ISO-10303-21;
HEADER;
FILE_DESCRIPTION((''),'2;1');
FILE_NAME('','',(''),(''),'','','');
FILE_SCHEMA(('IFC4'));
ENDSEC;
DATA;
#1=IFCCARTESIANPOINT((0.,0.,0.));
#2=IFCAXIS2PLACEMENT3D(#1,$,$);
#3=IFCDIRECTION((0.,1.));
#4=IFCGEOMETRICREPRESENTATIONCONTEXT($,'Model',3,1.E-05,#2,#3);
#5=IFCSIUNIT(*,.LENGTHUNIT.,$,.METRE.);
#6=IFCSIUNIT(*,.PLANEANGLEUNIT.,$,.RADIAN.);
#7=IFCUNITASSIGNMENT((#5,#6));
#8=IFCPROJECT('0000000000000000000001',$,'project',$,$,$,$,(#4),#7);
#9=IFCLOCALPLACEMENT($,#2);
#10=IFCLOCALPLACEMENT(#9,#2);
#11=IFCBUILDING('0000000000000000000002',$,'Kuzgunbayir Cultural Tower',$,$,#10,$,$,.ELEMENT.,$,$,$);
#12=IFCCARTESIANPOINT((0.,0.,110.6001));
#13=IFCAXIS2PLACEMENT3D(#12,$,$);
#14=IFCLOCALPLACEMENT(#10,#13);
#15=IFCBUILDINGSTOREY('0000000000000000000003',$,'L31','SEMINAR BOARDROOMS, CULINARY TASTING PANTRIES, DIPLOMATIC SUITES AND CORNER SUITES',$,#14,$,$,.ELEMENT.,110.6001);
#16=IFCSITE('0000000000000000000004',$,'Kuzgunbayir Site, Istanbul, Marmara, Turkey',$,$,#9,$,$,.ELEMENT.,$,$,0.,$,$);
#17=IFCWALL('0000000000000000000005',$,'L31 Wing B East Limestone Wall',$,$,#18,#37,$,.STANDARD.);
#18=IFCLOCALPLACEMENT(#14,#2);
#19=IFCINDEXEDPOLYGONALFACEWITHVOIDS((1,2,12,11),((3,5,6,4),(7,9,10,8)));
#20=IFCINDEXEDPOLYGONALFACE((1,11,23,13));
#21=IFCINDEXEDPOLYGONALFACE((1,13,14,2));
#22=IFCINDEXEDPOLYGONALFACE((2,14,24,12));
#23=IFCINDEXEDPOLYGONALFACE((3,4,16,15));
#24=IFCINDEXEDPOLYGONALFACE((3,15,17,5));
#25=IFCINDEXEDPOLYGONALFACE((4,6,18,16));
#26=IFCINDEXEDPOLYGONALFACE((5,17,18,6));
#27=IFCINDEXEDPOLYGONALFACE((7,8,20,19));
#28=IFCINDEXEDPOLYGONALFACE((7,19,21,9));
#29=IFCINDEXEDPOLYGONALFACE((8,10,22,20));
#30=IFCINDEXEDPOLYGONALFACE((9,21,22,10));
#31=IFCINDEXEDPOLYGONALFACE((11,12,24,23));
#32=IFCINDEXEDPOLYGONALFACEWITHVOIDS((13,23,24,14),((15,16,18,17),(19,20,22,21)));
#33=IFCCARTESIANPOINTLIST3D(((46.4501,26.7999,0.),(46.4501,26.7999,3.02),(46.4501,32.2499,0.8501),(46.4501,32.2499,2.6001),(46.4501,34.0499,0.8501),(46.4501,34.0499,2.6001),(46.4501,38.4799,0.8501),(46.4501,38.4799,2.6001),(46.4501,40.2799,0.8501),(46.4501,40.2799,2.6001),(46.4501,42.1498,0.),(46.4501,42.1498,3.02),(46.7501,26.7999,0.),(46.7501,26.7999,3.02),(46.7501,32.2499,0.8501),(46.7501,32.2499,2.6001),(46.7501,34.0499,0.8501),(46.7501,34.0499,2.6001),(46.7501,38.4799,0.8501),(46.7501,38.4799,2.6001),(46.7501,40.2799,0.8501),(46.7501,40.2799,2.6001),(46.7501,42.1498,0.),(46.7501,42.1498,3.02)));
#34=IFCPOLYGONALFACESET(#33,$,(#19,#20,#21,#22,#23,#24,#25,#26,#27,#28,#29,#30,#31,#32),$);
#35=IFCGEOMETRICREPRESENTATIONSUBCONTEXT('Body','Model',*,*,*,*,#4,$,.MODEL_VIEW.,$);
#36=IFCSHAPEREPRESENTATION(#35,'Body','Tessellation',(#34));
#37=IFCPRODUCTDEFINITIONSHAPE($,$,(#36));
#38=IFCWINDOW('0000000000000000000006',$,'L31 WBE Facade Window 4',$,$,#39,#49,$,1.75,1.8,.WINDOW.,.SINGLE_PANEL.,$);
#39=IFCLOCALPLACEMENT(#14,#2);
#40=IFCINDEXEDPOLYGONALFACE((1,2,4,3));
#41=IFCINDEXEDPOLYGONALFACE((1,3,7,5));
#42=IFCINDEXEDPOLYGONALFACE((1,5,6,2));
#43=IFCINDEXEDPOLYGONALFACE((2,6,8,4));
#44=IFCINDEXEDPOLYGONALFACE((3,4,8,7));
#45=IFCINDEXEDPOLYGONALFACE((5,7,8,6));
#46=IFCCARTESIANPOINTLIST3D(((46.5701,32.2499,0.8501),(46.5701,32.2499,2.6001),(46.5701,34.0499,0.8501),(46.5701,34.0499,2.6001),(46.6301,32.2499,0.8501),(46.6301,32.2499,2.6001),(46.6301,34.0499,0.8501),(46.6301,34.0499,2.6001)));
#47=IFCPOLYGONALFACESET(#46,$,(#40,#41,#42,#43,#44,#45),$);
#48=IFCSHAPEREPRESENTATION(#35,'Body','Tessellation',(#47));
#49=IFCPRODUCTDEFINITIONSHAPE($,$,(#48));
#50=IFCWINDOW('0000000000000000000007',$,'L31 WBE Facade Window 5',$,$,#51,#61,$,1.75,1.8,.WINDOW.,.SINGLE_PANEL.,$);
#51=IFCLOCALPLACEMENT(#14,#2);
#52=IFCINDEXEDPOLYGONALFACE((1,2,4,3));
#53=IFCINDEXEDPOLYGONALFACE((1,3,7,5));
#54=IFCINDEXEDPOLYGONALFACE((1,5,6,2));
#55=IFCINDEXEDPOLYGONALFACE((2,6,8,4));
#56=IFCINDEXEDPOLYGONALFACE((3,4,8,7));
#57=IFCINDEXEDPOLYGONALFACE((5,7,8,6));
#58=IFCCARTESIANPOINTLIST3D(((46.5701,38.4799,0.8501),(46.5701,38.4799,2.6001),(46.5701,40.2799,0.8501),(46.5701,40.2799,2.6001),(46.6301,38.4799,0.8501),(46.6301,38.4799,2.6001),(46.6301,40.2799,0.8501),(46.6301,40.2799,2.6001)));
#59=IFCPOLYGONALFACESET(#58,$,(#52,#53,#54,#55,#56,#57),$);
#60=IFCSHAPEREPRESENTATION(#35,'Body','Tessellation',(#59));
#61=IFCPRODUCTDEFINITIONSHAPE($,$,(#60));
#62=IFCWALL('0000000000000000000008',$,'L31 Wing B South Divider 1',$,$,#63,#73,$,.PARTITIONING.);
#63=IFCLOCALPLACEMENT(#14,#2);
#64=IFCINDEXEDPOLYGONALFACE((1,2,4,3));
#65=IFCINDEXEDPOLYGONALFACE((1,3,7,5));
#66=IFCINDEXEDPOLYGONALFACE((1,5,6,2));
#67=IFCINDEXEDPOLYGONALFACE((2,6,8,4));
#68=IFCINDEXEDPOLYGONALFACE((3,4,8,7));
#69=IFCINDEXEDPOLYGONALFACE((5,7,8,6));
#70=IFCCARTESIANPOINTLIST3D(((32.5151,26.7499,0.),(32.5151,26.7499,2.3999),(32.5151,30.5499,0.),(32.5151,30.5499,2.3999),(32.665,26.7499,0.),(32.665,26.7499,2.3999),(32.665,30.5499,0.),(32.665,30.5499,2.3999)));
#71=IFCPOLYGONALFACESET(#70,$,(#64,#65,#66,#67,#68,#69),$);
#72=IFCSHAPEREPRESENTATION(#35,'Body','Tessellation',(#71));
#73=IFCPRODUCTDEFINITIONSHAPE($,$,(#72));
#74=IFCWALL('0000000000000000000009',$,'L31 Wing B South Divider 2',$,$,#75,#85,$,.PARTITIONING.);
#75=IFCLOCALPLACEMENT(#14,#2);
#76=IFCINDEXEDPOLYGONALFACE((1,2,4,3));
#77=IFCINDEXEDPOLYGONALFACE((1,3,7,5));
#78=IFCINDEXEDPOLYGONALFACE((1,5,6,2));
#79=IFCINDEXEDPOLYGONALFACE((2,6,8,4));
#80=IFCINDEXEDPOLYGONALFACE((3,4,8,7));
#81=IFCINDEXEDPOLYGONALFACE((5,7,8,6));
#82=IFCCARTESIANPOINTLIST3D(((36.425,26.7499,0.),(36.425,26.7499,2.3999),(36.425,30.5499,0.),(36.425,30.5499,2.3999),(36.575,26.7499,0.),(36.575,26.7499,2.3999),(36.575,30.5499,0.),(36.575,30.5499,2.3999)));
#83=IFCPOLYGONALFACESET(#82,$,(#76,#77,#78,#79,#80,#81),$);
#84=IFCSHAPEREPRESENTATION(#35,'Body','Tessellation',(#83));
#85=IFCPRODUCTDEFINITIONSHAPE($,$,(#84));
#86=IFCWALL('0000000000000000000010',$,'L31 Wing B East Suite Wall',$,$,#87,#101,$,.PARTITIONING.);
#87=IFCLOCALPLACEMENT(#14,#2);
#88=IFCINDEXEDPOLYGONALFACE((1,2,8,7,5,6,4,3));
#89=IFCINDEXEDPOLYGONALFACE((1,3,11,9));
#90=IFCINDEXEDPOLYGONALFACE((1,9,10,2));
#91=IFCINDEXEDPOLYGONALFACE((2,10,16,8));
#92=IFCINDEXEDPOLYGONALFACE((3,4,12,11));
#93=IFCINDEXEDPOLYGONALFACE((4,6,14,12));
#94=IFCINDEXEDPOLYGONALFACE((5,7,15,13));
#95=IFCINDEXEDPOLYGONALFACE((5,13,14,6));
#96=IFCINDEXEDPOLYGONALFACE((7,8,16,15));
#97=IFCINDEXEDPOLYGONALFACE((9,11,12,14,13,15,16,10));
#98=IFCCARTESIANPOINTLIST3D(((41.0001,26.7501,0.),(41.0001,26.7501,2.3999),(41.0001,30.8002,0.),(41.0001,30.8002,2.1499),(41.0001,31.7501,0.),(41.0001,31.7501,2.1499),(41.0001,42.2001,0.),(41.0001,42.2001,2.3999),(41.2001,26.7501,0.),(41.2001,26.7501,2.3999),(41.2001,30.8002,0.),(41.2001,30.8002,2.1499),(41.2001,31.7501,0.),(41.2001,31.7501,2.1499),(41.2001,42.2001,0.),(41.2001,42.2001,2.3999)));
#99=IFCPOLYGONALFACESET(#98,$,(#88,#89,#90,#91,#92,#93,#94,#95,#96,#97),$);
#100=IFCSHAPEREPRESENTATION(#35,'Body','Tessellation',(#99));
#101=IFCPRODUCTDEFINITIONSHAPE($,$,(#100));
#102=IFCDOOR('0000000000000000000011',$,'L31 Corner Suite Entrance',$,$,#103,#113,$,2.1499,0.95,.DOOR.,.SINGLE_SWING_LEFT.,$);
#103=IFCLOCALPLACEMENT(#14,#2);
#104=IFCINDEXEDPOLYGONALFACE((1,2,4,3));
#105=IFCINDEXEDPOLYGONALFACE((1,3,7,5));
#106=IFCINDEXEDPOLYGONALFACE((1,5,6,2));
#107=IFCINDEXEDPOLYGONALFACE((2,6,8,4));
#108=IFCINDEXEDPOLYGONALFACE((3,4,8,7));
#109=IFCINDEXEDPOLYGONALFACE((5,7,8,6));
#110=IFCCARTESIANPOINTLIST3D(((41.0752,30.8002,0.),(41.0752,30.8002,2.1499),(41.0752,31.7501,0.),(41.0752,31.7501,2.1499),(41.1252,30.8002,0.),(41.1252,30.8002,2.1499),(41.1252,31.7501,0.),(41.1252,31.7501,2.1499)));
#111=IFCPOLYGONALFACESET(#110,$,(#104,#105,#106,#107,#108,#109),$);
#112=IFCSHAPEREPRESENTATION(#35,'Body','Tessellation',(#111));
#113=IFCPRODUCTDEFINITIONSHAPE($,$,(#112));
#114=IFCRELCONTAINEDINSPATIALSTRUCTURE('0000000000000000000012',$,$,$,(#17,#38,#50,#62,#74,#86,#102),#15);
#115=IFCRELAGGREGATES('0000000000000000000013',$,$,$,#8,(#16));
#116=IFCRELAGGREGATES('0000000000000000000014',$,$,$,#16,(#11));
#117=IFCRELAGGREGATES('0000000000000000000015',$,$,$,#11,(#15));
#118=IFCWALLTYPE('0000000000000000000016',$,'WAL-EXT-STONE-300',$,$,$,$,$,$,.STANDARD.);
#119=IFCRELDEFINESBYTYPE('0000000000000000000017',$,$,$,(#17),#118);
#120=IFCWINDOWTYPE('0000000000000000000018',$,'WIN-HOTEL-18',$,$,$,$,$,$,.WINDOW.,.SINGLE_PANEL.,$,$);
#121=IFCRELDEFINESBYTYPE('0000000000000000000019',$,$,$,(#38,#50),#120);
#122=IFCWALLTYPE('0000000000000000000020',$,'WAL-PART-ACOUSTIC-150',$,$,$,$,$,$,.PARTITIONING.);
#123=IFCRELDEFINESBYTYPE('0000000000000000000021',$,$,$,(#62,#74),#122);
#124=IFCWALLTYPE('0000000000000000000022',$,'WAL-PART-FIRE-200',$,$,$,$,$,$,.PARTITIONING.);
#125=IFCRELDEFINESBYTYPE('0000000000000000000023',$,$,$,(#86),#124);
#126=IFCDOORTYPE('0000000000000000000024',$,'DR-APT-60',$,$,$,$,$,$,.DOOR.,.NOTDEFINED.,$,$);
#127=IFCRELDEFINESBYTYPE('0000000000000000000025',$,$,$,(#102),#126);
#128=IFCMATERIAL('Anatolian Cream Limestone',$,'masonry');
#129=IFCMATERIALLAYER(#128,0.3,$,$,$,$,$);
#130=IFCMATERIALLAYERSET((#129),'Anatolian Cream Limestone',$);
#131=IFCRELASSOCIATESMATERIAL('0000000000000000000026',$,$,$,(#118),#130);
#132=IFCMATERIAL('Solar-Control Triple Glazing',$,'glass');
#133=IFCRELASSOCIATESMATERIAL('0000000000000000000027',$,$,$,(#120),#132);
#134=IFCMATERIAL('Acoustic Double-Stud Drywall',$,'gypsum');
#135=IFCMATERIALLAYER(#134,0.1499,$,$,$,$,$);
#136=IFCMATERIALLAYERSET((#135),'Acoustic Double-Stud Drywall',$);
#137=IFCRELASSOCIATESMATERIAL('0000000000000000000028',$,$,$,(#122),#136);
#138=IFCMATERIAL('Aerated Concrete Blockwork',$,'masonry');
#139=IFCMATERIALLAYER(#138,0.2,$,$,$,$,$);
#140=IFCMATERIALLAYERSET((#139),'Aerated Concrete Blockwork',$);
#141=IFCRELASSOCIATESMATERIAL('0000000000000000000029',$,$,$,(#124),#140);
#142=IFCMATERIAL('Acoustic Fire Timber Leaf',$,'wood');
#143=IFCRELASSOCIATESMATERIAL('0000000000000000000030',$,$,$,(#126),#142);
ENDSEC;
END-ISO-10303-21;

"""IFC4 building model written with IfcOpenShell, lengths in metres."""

from ifc_helpers import new_model, si_unit, direction, frame, frame_2d, origin, place, context, subcontext, project, spatial, rectangle, extrude, material, layer, layer_set, type_object, element, fill, save


model = new_model("IFC4")

# Units and contexts
model_context = context("Model", 3, precision=1e-05, world=origin(), true_north=direction((0.0, 1.0)))
body_context = subcontext(model_context, "Body", "Model", "MODEL_VIEW")
ifc_project = project(units=[si_unit("LENGTHUNIT", "METRE"), si_unit("PLANEANGLEUNIT", "RADIAN")], contexts=[model_context])

# Site, building, storey
site_placement = place(None, origin())
site = spatial("IfcSite", under=ifc_project, at=site_placement, Name="Kuzgunbayir Site, Istanbul, Marmara, Turkey", CompositionType="ELEMENT", RefElevation=0.0)
building_placement = place(site_placement, origin())
building = spatial("IfcBuilding", under=site, at=building_placement, Name="Kuzgunbayir Cultural Tower", CompositionType="ELEMENT")
storey_placement = place(building_placement, frame((0.0, 0.0, 110.6001)))
storey = spatial("IfcBuildingStorey", under=building, at=storey_placement, Name="L31", Description="SEMINAR BOARDROOMS, CULINARY TASTING PANTRIES, DIPLOMATIC SUITES AND CORNER SUITES", CompositionType="ELEMENT", Elevation=110.6001)

# Wall, openings, windows
ifc_material_1 = material(Name="Anatolian Cream Limestone", Category="masonry")
ifc_layer_1 = layer(ifc_material_1, 0.3)
ifc_layer_set_1 = layer_set([ifc_layer_1], Name="Anatolian Cream Limestone")
wall_type_1 = type_object("IfcWallType", Name="WAL-EXT-STONE-300", PredefinedType="STANDARD", material=ifc_layer_set_1)
wall_1_placement = place(storey_placement, frame((46.6001, 26.8, 0.0), z_axis=(0.0, 0.0, 1.0), x_axis=(0.0, 1.0, 0.0)))
wall_1 = element("IfcWall", 1, at=wall_1_placement, inside=storey, type_object=wall_type_1, Name="L31 Wing B East Limestone Wall", PredefinedType="STANDARD", context=body_context, shape_type="SweptSolid", body=[
    extrude(rectangle(XDim=15.3499, YDim=0.3, at=frame_2d((7.6748, 0.0))), origin(), (0.0, 0.0, 1.0), 3.02),
])
opening_1_placement = place(wall_1_placement, frame((5.45, 0.0, 0.8501)))
opening_1 = element("IfcOpeningElement", 2, at=opening_1_placement, cuts=wall_1, PredefinedType="OPENING", context=body_context, shape_type="SweptSolid", body=[
    extrude(rectangle(XDim=1.8, YDim=1.75, at=frame_2d((0.8999, 0.875))), frame((0.0, 0.1602, 0.0), z_axis=(0.0, -1.0, 0.0), x_axis=(1.0, 0.0, 0.0)), (0.0, 0.0, 1.0), 0.3201),
])
opening_2_placement = place(wall_1_placement, frame((11.6799, 0.0, 0.8501)))
opening_2 = element("IfcOpeningElement", 3, at=opening_2_placement, cuts=wall_1, PredefinedType="OPENING", context=body_context, shape_type="SweptSolid", body=[
    extrude(rectangle(XDim=1.8, YDim=1.75, at=frame_2d((0.8999, 0.875))), frame((0.0, 0.1602, 0.0), z_axis=(0.0, -1.0, 0.0), x_axis=(1.0, 0.0, 0.0)), (0.0, 0.0, 1.0), 0.3201),
])
ifc_material_2 = material(Name="Solar-Control Triple Glazing", Category="glass")
window_type = type_object("IfcWindowType", Name="WIN-HOTEL-18", PartitioningType="SINGLE_PANEL", PredefinedType="WINDOW", material=ifc_material_2)
window_1_placement = place(opening_1_placement, origin())
window_1 = element("IfcWindow", 4, at=window_1_placement, inside=storey, type_object=window_type, Name="L31 WBE Facade Window 4", OverallHeight=1.75, OverallWidth=1.8, PartitioningType="SINGLE_PANEL", PredefinedType="WINDOW", context=body_context, shape_type="SweptSolid", body=[
    extrude(rectangle(XDim=1.8, YDim=1.75, at=frame_2d((0.8999, 0.875))), frame((0.0, 0.03, 0.0), z_axis=(0.0, -1.0, 0.0), x_axis=(1.0, 0.0, 0.0)), (0.0, 0.0, 1.0), 0.0601),
])
fill(opening_1, window_1)
window_2_placement = place(opening_2_placement, origin())
window_2 = element("IfcWindow", 5, at=window_2_placement, inside=storey, type_object=window_type, Name="L31 WBE Facade Window 5", OverallHeight=1.75, OverallWidth=1.8, PartitioningType="SINGLE_PANEL", PredefinedType="WINDOW", context=body_context, shape_type="SweptSolid", body=[
    extrude(rectangle(XDim=1.8, YDim=1.75, at=frame_2d((0.8999, 0.875))), frame((0.0, 0.03, 0.0), z_axis=(0.0, -1.0, 0.0), x_axis=(1.0, 0.0, 0.0)), (0.0, 0.0, 1.0), 0.0601),
])
fill(opening_2, window_2)

# Walls
ifc_material_3 = material(Name="Acoustic Double-Stud Drywall", Category="gypsum")
ifc_layer_2 = layer(ifc_material_3, 0.1499)
ifc_layer_set_2 = layer_set([ifc_layer_2], Name="Acoustic Double-Stud Drywall")
wall_type_2 = type_object("IfcWallType", Name="WAL-PART-ACOUSTIC-150", PredefinedType="PARTITIONING", material=ifc_layer_set_2)
for number, where, z_axis, x_axis, name in (
    (6, (32.5901, 26.75, 0.0), (0.0, 0.0, 1.0), (0.0, 1.0, 0.0), "L31 Wing B South Divider 1"),
    (7, (36.5, 26.75, 0.0), (0.0, 0.0, 1.0), (0.0, 1.0, 0.0), "L31 Wing B South Divider 2"),
):
    element("IfcWall", number, at=place(storey_placement, frame(where, z_axis=z_axis, x_axis=x_axis)), inside=storey, type_object=wall_type_2, Name=name, PredefinedType="PARTITIONING", context=body_context, shape_type="SweptSolid", body=[
        extrude(rectangle(XDim=3.8, YDim=0.1499, at=frame_2d((1.8999, 0.0))), origin(), (0.0, 0.0, 1.0), 2.3999),
    ])

# Wall, opening, door
ifc_material_4 = material(Name="Aerated Concrete Blockwork", Category="masonry")
ifc_layer_3 = layer(ifc_material_4, 0.2)
ifc_layer_set_3 = layer_set([ifc_layer_3], Name="Aerated Concrete Blockwork")
wall_type_3 = type_object("IfcWallType", Name="WAL-PART-FIRE-200", PredefinedType="PARTITIONING", material=ifc_layer_set_3)
wall_2_placement = place(storey_placement, frame((41.1001, 26.75, 0.0), z_axis=(0.0, 0.0, 1.0), x_axis=(0.0, 1.0, 0.0)))
wall_2 = element("IfcWall", 8, at=wall_2_placement, inside=storey, type_object=wall_type_3, Name="L31 Wing B East Suite Wall", PredefinedType="PARTITIONING", context=body_context, shape_type="SweptSolid", body=[
    extrude(rectangle(XDim=15.45, YDim=0.2, at=frame_2d((7.7251, 0.0))), origin(), (0.0, 0.0, 1.0), 2.3999),
])
opening_3_placement = place(wall_2_placement, frame((4.05, 0.0, 0.0)))
opening_3 = element("IfcOpeningElement", 9, at=opening_3_placement, cuts=wall_2, PredefinedType="OPENING", context=body_context, shape_type="SweptSolid", body=[
    extrude(rectangle(XDim=0.95, YDim=2.1499, at=frame_2d((0.4751, 1.075))), frame((0.0, 0.1099, 0.0), z_axis=(0.0, -1.0, 0.0), x_axis=(1.0, 0.0, 0.0)), (0.0, 0.0, 1.0), 0.22),
])
ifc_material_5 = material(Name="Acoustic Fire Timber Leaf", Category="wood")
door_type_1 = type_object("IfcDoorType", Name="DR-APT-60", OperationType="NOTDEFINED", PredefinedType="DOOR", material=ifc_material_5)
door_1_placement = place(opening_3_placement, origin())
door_1 = element("IfcDoor", 10, at=door_1_placement, inside=storey, type_object=door_type_1, Name="L31 Corner Suite Entrance", OperationType="SINGLE_SWING_LEFT", OverallHeight=2.1499, OverallWidth=0.95, PredefinedType="DOOR", context=body_context, shape_type="SweptSolid", body=[
    extrude(rectangle(XDim=0.95, YDim=2.1499, at=frame_2d((0.4751, 1.075))), frame((0.0, 0.0249, 0.0), z_axis=(0.0, -1.0, 0.0), x_axis=(1.0, 0.0, 0.0)), (0.0, 0.0, 1.0), 0.05),
])
fill(opening_3, door_1)

save(model, "model.ifc")
